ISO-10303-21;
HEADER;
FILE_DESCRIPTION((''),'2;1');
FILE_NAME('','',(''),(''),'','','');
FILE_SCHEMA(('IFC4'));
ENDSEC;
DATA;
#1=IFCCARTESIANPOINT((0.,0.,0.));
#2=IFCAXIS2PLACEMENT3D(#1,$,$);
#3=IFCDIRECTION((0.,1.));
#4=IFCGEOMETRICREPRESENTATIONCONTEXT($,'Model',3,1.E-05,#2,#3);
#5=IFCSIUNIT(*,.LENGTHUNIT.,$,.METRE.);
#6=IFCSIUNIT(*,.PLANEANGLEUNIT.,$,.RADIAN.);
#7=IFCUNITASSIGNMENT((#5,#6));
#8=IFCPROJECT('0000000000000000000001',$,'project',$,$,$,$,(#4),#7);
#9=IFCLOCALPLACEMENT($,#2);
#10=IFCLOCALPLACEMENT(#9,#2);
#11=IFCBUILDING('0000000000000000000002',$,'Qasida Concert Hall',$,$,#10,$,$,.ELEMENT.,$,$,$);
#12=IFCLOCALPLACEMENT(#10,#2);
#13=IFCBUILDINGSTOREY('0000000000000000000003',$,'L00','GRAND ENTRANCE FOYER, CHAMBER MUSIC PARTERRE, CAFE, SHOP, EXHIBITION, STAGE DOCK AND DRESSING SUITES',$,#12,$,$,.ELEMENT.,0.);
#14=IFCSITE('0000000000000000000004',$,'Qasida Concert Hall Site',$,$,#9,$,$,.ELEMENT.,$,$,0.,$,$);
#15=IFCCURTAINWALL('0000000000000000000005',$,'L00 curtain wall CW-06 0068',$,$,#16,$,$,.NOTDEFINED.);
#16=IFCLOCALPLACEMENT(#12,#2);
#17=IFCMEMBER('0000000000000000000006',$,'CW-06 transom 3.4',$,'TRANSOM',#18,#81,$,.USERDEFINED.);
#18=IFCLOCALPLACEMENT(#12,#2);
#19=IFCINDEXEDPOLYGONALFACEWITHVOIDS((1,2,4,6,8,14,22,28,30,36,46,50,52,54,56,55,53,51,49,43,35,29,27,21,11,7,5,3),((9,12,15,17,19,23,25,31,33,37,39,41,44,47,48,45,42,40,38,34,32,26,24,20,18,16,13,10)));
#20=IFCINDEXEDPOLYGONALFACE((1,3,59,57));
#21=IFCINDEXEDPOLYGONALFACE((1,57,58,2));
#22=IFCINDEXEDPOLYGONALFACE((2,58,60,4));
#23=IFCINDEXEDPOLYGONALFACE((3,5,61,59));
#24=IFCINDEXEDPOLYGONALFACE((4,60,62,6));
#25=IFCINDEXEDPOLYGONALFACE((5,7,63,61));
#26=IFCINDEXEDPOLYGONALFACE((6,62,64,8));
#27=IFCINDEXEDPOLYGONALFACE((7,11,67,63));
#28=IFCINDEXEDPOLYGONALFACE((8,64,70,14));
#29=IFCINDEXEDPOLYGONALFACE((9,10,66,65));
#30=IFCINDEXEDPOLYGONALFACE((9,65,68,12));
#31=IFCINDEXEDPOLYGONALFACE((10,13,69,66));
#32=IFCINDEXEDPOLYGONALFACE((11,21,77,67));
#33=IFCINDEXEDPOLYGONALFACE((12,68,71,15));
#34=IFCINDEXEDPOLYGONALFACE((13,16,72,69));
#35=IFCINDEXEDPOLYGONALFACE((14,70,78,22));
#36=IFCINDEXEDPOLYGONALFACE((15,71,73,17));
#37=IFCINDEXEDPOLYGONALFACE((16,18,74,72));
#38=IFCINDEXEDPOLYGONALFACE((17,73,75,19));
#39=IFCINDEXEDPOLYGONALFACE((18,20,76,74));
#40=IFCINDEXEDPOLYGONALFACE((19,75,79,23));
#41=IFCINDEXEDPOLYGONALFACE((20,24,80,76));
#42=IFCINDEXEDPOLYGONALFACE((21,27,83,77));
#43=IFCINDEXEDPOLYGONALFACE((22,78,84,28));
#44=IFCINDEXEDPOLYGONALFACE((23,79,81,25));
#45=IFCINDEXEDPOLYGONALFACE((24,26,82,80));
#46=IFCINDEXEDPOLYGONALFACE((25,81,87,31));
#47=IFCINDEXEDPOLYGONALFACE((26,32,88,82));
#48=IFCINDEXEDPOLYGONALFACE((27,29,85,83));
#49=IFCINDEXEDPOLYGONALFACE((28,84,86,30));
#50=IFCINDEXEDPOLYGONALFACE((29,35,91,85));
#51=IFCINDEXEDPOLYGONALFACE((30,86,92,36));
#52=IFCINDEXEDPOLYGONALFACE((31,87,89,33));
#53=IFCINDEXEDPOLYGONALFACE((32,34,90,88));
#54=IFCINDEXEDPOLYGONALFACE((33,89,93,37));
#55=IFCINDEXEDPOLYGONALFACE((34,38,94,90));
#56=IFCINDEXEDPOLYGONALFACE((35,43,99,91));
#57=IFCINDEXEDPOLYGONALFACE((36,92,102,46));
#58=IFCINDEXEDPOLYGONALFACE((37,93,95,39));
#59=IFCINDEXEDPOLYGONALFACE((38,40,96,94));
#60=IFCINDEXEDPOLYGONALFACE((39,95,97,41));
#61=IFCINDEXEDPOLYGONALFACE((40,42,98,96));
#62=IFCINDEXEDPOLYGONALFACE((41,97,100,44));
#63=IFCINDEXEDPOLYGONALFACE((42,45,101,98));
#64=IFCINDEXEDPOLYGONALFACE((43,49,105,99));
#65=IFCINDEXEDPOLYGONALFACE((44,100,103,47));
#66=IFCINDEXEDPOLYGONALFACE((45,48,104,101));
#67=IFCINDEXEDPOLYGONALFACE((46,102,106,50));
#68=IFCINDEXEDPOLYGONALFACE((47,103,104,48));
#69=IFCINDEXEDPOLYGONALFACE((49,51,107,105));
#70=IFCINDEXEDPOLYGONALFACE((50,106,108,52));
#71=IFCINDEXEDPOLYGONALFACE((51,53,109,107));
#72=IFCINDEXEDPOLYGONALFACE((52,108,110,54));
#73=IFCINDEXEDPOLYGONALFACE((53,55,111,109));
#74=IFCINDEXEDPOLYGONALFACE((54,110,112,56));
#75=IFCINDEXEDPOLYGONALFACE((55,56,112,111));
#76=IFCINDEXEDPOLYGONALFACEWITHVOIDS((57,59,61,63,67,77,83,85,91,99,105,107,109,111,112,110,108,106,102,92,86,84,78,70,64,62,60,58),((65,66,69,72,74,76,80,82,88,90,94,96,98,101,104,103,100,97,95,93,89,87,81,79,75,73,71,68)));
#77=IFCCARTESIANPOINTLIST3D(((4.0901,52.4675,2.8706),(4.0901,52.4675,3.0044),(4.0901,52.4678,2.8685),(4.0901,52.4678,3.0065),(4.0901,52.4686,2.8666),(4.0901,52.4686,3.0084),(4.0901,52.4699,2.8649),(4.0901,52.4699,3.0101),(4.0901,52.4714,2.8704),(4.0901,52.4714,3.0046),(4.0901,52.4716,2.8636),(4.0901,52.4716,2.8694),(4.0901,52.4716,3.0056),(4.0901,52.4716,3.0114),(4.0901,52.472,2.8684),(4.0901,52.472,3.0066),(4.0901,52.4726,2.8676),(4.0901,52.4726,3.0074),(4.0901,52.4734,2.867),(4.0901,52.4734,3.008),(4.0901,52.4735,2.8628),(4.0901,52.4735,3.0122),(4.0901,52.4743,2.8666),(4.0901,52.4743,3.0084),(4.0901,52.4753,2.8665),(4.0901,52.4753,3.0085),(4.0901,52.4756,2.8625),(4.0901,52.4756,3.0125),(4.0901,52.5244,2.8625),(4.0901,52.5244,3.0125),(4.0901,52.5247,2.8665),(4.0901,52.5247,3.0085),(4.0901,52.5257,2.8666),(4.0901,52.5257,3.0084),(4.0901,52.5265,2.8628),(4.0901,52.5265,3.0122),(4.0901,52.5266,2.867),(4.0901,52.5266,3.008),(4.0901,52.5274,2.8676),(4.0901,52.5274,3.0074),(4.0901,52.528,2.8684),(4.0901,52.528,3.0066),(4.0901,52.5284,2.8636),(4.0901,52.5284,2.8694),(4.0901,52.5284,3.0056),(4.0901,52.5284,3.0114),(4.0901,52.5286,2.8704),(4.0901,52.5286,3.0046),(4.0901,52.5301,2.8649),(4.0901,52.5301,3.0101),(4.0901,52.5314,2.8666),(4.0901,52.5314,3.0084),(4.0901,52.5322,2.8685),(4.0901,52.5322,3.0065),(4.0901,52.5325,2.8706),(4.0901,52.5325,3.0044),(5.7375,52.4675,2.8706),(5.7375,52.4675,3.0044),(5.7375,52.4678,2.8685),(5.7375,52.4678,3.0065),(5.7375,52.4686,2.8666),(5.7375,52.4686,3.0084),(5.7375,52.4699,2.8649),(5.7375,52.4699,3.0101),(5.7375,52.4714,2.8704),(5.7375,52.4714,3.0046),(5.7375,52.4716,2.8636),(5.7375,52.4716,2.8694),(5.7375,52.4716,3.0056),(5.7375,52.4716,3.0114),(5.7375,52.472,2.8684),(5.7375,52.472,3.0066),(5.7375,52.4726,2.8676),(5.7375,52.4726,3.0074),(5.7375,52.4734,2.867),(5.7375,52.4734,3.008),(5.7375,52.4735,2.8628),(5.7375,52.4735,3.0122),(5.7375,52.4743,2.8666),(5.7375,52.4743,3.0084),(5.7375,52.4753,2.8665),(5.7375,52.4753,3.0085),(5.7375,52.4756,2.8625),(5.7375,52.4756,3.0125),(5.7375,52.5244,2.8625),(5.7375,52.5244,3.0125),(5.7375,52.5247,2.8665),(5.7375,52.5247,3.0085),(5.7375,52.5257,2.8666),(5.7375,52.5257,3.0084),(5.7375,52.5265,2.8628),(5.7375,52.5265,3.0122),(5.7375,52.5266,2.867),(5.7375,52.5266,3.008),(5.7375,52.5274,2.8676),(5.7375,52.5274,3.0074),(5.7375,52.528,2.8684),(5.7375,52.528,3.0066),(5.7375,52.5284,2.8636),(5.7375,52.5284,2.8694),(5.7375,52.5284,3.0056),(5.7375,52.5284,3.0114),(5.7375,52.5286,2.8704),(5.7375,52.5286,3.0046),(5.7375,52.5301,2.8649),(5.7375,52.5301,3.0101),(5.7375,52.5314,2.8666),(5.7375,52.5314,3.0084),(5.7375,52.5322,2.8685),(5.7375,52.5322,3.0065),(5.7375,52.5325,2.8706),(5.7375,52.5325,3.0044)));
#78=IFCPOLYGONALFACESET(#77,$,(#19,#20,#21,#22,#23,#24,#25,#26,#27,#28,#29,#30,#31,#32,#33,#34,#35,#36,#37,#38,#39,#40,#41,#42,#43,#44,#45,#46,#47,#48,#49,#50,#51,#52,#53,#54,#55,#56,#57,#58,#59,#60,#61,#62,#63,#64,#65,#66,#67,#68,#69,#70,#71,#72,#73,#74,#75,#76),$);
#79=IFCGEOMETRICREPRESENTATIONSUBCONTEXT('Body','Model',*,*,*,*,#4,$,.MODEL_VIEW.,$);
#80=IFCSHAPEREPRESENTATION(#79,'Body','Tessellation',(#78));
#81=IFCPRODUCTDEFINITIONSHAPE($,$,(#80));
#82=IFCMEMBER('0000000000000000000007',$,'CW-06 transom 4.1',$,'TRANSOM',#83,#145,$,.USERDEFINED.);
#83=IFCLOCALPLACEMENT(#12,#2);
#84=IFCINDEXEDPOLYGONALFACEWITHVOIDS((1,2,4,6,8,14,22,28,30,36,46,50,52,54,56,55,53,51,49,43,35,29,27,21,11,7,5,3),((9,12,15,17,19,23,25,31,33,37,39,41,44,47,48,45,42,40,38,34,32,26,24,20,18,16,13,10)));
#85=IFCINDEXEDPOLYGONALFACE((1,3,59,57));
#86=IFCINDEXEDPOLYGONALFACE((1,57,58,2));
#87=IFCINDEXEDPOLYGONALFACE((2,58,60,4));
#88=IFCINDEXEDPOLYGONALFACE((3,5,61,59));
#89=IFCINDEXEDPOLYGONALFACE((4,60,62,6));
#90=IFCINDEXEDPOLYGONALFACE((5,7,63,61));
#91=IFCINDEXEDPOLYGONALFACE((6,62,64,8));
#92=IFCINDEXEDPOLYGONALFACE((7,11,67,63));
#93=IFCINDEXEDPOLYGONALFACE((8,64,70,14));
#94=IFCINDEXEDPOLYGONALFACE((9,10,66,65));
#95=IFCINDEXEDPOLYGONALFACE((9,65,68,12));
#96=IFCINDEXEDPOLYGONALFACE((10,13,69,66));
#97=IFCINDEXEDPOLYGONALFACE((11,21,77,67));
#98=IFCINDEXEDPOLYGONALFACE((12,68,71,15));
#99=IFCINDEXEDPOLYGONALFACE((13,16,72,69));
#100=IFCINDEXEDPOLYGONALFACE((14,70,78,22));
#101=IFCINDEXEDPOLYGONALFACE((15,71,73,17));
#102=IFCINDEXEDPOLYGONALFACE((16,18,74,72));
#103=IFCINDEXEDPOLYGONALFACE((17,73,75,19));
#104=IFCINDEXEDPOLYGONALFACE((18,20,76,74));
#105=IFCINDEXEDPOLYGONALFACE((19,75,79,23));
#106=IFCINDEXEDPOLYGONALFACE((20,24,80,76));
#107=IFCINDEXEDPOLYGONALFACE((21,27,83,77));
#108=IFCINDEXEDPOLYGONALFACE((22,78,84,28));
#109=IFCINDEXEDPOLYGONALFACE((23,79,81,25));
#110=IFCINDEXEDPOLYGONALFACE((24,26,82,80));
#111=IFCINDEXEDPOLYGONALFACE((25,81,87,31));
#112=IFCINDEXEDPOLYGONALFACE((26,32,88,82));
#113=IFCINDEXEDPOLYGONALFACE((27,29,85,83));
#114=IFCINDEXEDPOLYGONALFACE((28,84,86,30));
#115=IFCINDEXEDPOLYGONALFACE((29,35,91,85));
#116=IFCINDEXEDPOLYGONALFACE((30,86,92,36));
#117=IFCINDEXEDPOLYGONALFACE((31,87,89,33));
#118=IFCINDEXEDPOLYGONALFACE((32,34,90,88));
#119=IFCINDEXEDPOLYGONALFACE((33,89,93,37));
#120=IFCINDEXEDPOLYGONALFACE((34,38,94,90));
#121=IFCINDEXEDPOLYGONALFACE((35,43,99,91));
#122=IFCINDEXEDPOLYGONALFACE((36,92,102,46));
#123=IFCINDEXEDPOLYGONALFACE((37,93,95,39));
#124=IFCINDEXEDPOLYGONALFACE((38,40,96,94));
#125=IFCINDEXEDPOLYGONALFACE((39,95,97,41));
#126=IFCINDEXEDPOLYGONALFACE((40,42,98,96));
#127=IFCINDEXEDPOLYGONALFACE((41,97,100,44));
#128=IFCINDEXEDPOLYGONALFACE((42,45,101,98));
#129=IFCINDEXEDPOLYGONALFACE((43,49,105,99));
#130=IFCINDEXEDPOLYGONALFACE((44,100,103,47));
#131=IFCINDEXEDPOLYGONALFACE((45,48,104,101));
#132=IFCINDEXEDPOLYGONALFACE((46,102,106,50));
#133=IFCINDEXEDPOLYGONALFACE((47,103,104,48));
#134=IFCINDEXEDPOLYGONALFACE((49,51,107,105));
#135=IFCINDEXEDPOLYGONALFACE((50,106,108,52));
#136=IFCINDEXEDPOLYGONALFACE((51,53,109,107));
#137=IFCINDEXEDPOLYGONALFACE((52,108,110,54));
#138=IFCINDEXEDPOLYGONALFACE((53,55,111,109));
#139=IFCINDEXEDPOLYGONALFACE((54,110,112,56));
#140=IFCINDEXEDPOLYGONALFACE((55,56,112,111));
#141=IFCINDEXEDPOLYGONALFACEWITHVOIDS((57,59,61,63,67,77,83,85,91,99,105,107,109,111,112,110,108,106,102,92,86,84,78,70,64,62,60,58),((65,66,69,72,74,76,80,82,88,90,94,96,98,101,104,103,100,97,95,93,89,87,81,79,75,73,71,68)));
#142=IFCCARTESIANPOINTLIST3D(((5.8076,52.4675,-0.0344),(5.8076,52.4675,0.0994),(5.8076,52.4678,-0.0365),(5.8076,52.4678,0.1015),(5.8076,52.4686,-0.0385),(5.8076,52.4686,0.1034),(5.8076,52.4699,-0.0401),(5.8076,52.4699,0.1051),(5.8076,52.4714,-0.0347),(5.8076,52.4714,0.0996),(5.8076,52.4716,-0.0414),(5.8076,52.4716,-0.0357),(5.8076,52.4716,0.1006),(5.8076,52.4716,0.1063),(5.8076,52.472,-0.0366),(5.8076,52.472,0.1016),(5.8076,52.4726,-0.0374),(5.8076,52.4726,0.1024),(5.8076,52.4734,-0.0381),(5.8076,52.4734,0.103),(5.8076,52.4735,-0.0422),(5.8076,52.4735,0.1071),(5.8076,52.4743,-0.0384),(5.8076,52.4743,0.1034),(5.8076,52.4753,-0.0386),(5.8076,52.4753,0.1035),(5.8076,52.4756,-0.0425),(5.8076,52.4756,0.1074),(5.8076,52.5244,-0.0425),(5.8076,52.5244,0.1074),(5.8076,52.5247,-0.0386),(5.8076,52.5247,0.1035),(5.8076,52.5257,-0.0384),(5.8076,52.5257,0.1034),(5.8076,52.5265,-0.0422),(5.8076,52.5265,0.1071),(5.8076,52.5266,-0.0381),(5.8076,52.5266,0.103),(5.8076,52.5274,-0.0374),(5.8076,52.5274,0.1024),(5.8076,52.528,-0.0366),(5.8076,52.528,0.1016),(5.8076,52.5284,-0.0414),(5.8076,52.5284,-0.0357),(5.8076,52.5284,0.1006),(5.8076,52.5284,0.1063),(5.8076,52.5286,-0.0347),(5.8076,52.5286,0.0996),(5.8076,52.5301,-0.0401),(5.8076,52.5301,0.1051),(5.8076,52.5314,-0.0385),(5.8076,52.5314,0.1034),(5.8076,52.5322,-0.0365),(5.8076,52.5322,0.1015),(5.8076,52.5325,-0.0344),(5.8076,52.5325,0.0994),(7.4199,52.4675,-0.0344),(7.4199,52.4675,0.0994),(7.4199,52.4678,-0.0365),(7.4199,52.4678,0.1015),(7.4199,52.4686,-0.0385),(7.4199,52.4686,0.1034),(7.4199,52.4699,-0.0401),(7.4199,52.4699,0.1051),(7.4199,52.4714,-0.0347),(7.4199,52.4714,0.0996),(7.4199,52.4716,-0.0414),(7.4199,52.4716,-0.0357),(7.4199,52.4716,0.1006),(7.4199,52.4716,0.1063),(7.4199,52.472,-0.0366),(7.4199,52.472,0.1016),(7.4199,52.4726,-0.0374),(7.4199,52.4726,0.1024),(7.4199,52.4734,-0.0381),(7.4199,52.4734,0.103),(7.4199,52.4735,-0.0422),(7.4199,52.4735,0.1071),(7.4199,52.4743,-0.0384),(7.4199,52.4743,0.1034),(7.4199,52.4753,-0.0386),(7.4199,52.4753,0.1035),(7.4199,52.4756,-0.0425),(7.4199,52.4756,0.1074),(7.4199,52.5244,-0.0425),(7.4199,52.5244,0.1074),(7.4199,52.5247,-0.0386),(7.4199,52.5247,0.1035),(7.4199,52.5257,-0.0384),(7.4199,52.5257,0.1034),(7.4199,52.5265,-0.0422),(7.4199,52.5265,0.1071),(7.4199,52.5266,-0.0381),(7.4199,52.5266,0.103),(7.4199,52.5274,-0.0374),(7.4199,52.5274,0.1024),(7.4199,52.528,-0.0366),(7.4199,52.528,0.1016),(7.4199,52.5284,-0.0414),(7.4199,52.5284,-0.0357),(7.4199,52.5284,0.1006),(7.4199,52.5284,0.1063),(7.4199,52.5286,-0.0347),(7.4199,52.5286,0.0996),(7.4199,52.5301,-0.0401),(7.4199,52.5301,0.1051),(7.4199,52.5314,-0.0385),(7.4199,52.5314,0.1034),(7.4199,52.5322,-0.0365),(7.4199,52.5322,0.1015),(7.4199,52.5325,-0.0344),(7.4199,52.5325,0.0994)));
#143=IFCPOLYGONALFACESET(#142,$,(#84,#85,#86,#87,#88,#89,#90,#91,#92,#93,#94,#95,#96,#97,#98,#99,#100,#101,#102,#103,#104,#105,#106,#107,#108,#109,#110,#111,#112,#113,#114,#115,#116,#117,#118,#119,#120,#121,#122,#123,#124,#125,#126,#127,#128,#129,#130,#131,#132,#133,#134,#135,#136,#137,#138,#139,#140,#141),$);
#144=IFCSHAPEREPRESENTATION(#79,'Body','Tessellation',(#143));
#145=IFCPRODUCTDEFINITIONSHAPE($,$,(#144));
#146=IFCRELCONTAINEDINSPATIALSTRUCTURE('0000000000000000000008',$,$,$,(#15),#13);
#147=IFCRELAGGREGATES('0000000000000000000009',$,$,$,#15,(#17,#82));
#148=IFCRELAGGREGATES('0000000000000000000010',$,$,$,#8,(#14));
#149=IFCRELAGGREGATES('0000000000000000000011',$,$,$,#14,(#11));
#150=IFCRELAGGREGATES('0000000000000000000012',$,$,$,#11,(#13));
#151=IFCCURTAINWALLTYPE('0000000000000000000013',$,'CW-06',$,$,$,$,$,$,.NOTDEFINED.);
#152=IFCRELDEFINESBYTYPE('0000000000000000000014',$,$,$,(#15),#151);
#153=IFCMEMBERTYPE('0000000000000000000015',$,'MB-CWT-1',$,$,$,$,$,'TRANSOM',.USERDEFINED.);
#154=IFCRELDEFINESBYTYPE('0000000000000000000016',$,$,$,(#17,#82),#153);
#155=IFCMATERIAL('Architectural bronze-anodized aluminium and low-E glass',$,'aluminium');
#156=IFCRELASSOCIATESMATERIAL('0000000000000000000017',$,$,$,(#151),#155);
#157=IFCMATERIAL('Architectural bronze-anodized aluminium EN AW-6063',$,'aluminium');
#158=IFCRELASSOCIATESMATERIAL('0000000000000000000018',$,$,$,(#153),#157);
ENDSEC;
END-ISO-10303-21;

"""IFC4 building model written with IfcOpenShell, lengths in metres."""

from ifc_helpers import new_model, si_unit, direction, frame, origin, origin_2d, place, context, subcontext, project, spatial, hollow_rectangle, extrude, material, material_profile, profile_set, type_object, element, aggregate, save


model = new_model("IFC4")

# Units and contexts
model_context = context("Model", 3, precision=1e-05, world=origin(), true_north=direction((0.0, 1.0)))
body_context = subcontext(model_context, "Body", "Model", "MODEL_VIEW")
ifc_project = project(units=[si_unit("LENGTHUNIT", "METRE"), si_unit("PLANEANGLEUNIT", "RADIAN")], contexts=[model_context])

# Site, building, storey
site_placement = place(None, origin())
site = spatial("IfcSite", under=ifc_project, at=site_placement, Name="Qasida Concert Hall Site", CompositionType="ELEMENT", RefElevation=0.0)
building_placement = place(site_placement, origin())
building = spatial("IfcBuilding", under=site, at=building_placement, Name="Qasida Concert Hall", CompositionType="ELEMENT")
storey_placement = place(building_placement, origin())
storey = spatial("IfcBuildingStorey", under=building, at=storey_placement, Name="L00", Description="GRAND ENTRANCE FOYER, CHAMBER MUSIC PARTERRE, CAFE, SHOP, EXHIBITION, STAGE DOCK AND DRESSING SUITES", CompositionType="ELEMENT", Elevation=0.0)

# Curtain wall
ifc_material_1 = material(Name="Architectural bronze-anodized aluminium and low-E glass", Category="aluminium")
curtain_wall_type = type_object("IfcCurtainWallType", Name="CW-06", PredefinedType="NOTDEFINED", material=ifc_material_1)
curtain_wall_1_placement = place(storey_placement, origin())
curtain_wall_1 = element("IfcCurtainWall", 1, at=curtain_wall_1_placement, inside=storey, type_object=curtain_wall_type, Name="L00 curtain wall CW-06 0068", PredefinedType="NOTDEFINED")
ifc_material_2 = material(Name="Architectural bronze-anodized aluminium EN AW-6063", Category="aluminium")

# Members
ifc_material_profile_1 = material_profile(ifc_material_2, hollow_rectangle(XDim=0.0649, YDim=0.1499, WallThickness=0.0039, InnerFilletRadius=0.0039, OuterFilletRadius=0.0081, at=origin_2d()), Name="CWT 150x65x4")
ifc_profile_set_1 = profile_set([ifc_material_profile_1], Name="Architectural bronze-anodized aluminium EN AW-6063")
member_type_1 = type_object("IfcMemberType", Name="MB-CWT-1", ElementType="TRANSOM", PredefinedType="USERDEFINED", material=ifc_profile_set_1)
member_1_placement = place(storey_placement, frame((4.0901, 52.5, 2.9375), z_axis=(1.0, 0.0, 0.0), x_axis=(0.0, 1.0, 0.0)))
member_1 = element("IfcMember", 2, at=member_1_placement, type_object=member_type_1, Name="CW-06 transom 3.4", ObjectType="TRANSOM", PredefinedType="USERDEFINED", context=body_context, shape_type="SweptSolid", body=[
    extrude(hollow_rectangle(XDim=0.0649, YDim=0.1499, WallThickness=0.0039, InnerFilletRadius=0.0039, OuterFilletRadius=0.0081, at=origin_2d()), origin(), (0.0, 0.0, 1.0), 1.6475),
])
member_2_placement = place(storey_placement, frame((5.8076, 52.5, 0.0325), z_axis=(1.0, 0.0, 0.0), x_axis=(0.0, 1.0, 0.0)))
member_2 = element("IfcMember", 3, at=member_2_placement, type_object=member_type_1, Name="CW-06 transom 4.1", ObjectType="TRANSOM", PredefinedType="USERDEFINED", context=body_context, shape_type="SweptSolid", body=[
    extrude(hollow_rectangle(XDim=0.0649, YDim=0.1499, WallThickness=0.0039, InnerFilletRadius=0.0039, OuterFilletRadius=0.0081, at=origin_2d()), origin(), (0.0, 0.0, 1.0), 1.6123),
])

aggregate(curtain_wall_1, [member_1, member_2])

save(model, "model.ifc")
